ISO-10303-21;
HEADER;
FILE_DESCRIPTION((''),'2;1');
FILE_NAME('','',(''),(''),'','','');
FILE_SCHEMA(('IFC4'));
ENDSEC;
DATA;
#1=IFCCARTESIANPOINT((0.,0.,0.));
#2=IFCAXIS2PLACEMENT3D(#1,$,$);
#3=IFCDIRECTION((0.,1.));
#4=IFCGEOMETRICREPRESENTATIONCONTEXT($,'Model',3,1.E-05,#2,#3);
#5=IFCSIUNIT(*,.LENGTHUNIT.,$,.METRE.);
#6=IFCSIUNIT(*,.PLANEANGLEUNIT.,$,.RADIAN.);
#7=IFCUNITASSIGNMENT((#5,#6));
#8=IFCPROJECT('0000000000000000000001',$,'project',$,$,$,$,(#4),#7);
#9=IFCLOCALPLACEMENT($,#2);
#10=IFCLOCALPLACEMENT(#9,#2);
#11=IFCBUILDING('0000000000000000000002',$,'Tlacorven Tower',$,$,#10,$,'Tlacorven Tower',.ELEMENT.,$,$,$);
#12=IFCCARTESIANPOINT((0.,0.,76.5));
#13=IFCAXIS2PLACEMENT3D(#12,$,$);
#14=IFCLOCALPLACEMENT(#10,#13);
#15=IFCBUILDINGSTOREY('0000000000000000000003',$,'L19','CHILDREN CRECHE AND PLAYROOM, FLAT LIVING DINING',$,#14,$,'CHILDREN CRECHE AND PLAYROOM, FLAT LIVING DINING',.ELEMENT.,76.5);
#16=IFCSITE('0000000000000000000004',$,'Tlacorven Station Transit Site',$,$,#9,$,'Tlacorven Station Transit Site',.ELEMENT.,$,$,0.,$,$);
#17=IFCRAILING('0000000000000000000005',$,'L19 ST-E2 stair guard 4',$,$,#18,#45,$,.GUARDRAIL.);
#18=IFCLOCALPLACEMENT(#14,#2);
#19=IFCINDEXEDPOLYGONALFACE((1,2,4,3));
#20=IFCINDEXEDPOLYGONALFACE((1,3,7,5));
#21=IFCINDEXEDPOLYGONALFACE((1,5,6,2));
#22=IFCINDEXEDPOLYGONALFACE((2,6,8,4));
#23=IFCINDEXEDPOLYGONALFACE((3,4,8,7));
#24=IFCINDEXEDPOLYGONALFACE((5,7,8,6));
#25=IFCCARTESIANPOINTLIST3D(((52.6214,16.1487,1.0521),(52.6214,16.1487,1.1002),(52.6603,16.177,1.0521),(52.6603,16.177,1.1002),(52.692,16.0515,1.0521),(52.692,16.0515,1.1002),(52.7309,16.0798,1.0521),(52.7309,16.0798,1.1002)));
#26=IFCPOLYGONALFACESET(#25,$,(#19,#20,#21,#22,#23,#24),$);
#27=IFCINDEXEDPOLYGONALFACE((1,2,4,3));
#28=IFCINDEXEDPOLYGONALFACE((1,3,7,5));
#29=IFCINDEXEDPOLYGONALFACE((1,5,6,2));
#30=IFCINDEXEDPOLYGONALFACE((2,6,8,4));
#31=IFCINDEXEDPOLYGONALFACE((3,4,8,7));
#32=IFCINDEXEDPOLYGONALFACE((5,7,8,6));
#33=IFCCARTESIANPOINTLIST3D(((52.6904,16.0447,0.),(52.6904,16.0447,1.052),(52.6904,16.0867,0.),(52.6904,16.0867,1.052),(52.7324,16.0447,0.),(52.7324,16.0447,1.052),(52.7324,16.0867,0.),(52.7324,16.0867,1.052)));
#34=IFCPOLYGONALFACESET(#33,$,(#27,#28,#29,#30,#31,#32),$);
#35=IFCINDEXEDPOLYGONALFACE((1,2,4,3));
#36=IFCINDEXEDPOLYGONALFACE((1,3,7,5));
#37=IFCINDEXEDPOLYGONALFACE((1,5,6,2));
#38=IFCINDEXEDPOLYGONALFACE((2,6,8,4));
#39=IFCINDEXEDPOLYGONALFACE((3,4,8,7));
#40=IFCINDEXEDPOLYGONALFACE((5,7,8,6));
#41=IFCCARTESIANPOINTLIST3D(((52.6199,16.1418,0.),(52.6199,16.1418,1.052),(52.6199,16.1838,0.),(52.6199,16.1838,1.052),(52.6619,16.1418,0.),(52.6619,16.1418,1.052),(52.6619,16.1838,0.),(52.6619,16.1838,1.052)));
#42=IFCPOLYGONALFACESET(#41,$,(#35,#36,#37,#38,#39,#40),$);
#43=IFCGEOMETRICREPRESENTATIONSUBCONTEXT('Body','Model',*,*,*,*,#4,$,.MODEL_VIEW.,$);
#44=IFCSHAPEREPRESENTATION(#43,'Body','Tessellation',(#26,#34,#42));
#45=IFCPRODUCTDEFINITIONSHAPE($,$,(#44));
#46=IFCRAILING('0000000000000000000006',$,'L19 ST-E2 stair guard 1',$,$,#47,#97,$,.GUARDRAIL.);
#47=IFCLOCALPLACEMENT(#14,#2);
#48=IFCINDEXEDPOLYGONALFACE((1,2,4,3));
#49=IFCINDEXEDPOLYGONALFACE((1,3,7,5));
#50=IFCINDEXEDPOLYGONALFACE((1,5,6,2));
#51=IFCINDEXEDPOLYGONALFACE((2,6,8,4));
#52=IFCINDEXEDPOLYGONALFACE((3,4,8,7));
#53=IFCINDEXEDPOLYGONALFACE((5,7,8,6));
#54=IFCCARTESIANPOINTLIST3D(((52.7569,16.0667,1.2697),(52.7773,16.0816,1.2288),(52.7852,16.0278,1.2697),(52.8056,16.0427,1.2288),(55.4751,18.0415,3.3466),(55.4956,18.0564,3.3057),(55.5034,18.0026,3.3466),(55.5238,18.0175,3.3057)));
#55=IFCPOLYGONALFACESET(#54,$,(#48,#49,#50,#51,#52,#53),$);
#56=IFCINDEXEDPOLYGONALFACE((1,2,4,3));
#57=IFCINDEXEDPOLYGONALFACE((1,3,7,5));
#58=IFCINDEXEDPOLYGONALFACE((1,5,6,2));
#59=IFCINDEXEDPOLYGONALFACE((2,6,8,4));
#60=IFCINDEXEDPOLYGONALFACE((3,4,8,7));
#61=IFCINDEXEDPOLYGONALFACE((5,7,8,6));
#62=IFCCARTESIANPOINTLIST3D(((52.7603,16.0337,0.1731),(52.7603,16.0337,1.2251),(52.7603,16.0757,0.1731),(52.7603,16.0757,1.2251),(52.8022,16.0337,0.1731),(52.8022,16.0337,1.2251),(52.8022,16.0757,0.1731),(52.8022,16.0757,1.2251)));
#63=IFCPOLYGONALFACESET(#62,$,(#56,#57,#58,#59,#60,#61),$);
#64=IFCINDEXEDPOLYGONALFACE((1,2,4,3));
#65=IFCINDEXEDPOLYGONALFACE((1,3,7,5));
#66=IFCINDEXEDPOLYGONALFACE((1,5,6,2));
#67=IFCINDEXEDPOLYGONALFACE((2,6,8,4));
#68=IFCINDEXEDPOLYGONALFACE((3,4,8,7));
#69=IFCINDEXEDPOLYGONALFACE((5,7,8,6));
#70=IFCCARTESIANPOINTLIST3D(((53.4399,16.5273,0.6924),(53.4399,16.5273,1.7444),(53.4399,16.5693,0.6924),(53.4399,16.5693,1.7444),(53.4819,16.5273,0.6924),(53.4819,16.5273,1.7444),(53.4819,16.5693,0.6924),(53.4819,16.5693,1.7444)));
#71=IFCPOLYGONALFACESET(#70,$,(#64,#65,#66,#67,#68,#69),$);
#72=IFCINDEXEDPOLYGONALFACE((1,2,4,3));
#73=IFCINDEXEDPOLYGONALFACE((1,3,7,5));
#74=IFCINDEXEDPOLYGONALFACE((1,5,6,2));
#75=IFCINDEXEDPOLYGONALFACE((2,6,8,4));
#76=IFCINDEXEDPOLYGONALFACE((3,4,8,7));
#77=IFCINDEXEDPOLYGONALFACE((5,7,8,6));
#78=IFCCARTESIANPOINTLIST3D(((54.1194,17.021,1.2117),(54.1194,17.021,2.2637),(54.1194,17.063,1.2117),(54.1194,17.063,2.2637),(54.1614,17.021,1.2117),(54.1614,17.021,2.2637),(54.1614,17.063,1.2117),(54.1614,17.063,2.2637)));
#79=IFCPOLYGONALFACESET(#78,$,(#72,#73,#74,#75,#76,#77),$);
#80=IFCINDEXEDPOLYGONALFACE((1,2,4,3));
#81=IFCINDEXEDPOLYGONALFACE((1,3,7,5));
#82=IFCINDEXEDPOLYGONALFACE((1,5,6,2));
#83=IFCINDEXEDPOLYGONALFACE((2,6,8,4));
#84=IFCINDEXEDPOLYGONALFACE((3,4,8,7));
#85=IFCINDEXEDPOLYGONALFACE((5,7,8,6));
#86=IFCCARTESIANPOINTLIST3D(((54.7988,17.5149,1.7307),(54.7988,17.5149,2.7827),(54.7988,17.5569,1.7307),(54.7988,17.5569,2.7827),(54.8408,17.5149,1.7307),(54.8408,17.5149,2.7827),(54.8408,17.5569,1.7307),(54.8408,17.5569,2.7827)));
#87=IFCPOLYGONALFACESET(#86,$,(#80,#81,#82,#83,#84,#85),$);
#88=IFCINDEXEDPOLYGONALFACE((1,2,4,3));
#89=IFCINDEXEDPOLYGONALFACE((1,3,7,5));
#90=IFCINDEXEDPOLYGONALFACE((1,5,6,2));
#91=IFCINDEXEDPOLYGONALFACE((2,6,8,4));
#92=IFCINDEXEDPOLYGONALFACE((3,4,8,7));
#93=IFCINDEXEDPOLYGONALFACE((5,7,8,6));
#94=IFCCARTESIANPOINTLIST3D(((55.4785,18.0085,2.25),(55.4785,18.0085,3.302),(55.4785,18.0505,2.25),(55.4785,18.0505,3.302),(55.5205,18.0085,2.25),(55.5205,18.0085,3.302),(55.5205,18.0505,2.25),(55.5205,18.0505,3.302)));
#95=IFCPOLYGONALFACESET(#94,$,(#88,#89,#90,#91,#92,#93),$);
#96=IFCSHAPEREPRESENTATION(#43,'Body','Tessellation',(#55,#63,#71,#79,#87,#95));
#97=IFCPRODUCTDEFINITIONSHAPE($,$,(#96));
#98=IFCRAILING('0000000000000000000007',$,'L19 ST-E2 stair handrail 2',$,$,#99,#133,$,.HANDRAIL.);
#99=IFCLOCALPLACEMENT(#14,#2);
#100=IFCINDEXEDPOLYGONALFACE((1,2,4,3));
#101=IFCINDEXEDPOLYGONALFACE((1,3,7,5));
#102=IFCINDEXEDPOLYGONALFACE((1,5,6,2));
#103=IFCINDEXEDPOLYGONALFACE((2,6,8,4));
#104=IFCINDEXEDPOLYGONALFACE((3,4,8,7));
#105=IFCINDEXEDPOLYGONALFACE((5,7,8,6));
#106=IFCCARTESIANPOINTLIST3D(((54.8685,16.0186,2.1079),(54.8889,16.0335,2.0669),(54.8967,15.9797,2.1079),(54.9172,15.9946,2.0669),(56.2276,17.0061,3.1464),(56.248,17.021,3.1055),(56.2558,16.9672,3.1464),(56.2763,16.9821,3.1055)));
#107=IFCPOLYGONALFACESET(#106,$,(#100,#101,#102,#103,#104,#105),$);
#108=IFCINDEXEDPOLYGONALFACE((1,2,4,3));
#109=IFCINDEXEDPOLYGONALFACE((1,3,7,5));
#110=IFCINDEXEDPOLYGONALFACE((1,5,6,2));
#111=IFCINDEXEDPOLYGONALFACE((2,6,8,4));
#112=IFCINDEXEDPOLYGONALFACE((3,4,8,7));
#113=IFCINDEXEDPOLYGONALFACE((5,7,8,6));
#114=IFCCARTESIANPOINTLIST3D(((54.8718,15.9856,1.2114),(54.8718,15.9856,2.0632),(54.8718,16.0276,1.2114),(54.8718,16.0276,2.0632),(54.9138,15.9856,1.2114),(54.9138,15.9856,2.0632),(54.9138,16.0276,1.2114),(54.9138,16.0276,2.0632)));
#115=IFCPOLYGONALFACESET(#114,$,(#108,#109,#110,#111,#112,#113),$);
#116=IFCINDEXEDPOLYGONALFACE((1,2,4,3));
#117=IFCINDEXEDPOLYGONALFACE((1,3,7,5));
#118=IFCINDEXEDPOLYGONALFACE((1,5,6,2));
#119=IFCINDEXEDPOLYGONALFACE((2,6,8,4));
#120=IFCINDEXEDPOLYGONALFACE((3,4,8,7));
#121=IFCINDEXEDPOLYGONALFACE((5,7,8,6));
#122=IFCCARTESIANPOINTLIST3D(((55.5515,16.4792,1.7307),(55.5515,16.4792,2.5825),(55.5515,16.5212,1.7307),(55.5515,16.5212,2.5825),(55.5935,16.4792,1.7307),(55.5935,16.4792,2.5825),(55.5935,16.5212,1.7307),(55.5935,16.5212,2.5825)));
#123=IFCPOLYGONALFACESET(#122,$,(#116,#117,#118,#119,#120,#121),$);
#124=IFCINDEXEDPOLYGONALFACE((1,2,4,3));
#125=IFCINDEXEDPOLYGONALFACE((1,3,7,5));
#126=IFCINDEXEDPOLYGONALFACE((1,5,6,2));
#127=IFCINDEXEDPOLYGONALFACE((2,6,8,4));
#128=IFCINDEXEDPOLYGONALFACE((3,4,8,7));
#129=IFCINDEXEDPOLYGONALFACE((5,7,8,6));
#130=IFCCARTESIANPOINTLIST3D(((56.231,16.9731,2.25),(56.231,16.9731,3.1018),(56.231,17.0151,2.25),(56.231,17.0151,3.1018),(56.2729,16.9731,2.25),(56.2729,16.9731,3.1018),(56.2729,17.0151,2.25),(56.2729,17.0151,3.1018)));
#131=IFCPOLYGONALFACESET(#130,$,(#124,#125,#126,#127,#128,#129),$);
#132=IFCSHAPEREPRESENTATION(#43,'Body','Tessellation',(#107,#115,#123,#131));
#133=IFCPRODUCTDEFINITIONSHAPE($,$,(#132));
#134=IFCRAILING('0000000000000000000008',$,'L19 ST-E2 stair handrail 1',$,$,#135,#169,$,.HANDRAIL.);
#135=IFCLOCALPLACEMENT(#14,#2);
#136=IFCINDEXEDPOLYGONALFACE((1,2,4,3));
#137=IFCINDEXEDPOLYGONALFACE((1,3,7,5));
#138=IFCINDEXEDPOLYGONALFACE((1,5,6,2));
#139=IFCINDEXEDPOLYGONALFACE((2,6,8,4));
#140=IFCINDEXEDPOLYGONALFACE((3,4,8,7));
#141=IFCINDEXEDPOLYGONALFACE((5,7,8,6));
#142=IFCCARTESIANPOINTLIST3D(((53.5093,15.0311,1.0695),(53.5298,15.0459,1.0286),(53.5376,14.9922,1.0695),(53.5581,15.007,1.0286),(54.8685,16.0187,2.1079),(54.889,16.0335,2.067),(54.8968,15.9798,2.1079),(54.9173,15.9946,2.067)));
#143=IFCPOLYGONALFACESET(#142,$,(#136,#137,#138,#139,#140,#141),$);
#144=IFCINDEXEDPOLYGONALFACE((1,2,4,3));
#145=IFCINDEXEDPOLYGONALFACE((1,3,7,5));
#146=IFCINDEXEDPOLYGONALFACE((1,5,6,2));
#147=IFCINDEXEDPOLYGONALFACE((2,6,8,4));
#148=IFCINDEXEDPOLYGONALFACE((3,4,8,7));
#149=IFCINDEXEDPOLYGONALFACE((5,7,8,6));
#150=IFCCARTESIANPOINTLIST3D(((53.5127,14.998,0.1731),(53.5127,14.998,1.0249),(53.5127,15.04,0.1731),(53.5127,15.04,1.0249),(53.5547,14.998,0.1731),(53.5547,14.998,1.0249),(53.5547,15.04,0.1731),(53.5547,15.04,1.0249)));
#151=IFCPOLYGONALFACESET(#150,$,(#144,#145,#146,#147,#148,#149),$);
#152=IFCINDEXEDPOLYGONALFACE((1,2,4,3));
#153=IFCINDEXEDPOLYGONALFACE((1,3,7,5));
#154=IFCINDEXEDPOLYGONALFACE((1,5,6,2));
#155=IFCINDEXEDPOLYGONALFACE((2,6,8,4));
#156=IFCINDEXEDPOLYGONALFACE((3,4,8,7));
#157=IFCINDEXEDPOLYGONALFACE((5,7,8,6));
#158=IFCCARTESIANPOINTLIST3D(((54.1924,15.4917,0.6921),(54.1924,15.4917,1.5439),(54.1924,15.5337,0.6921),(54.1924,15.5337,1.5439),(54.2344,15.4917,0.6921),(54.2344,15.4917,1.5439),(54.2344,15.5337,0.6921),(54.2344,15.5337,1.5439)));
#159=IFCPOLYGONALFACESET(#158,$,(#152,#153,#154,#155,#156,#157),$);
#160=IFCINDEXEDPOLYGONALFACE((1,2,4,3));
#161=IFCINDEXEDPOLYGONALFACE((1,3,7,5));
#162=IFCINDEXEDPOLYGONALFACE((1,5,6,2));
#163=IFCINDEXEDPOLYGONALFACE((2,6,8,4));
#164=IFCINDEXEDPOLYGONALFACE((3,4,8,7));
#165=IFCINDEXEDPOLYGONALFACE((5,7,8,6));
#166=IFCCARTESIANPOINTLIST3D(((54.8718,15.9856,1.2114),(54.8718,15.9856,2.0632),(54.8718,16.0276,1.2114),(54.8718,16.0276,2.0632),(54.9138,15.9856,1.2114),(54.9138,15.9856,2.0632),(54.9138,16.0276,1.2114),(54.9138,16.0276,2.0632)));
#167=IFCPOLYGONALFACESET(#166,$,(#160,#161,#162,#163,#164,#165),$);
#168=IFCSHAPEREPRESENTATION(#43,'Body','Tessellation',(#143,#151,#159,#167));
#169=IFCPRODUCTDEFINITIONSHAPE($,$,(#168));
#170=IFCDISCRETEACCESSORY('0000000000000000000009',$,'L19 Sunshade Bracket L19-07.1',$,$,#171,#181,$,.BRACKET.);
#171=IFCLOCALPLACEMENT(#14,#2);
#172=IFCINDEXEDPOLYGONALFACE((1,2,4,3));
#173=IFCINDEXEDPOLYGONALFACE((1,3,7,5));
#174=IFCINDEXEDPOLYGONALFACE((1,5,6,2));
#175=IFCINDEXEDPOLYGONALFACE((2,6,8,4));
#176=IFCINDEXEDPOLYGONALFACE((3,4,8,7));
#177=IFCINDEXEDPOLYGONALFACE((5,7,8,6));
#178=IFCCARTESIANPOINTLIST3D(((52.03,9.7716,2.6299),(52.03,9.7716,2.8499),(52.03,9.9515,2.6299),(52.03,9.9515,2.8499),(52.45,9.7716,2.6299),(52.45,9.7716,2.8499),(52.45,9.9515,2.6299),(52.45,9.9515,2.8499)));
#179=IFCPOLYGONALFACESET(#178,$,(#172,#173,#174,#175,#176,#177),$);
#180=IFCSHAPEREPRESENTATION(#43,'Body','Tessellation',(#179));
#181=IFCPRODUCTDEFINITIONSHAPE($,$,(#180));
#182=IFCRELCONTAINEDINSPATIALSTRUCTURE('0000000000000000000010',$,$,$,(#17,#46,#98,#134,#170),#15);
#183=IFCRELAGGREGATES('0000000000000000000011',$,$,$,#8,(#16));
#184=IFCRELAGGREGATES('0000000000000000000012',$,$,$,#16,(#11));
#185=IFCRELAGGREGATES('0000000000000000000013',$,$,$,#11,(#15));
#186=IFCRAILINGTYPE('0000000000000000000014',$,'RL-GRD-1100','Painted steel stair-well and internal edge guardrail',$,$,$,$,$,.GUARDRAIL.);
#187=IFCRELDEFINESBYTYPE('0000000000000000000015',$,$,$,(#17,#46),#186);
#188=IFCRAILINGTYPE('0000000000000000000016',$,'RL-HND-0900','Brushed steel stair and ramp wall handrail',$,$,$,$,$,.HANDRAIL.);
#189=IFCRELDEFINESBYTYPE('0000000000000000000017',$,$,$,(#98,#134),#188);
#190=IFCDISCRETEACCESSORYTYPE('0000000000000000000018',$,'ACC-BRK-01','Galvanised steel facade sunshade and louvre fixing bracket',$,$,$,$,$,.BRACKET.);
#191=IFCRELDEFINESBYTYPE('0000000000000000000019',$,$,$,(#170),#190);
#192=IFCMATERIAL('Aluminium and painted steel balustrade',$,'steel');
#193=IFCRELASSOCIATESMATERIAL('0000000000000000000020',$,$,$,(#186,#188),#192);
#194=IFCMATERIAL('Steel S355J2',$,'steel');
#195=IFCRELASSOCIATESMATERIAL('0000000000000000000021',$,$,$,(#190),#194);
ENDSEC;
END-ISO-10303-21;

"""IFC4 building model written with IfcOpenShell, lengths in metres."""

from ifc_helpers import new_model, si_unit, direction, frame, origin, origin_2d, place, context, subcontext, project, spatial, rectangle, extrude, source, transform, mapped, material, type_object, element, save


model = new_model("IFC4")

# Units and contexts
model_context = context("Model", 3, precision=1e-05, world=origin(), true_north=direction((0.0, 1.0)))
body_context = subcontext(model_context, "Body", "Model", "MODEL_VIEW")
ifc_project = project(units=[si_unit("LENGTHUNIT", "METRE"), si_unit("PLANEANGLEUNIT", "RADIAN")], contexts=[model_context])

# Site, building, storey
site_placement = place(None, origin())
site = spatial("IfcSite", under=ifc_project, at=site_placement, Name="Tlacorven Station Transit Site", LongName="Tlacorven Station Transit Site", CompositionType="ELEMENT", RefElevation=0.0)
building_placement = place(site_placement, origin())
building = spatial("IfcBuilding", under=site, at=building_placement, Name="Tlacorven Tower", LongName="Tlacorven Tower", CompositionType="ELEMENT")
storey_placement = place(building_placement, frame((0.0, 0.0, 76.5)))
storey = spatial("IfcBuildingStorey", under=building, at=storey_placement, Name="L19", Description="CHILDREN CRECHE AND PLAYROOM, FLAT LIVING DINING", LongName="CHILDREN CRECHE AND PLAYROOM, FLAT LIVING DINING", CompositionType="ELEMENT", Elevation=76.5)

# Railings
ifc_material_1 = material(Name="Aluminium and painted steel balustrade", Category="steel")
railing_type_1 = type_object("IfcRailingType", Name="RL-GRD-1100", Description="Painted steel stair-well and internal edge guardrail", PredefinedType="GUARDRAIL", material=ifc_material_1)
shared_shape_1 = source(origin(), body_context, "Body", "SweptSolid", [
    extrude(rectangle(XDim=0.0481, YDim=0.0481, at=origin_2d()), frame((0.0, 0.0, 1.0762), z_axis=(-0.587567, 0.809175, 0.0), x_axis=(-0.809175, -0.587567, 0.0)), (0.0, 0.0, 1.0), 0.1201),
    extrude(rectangle(XDim=0.042, YDim=0.042, at=origin_2d()), origin(), (0.0, 0.0, 1.0), 1.052),
    extrude(rectangle(XDim=0.042, YDim=0.042, at=origin_2d()), frame((-0.0706, 0.0972, 0.0)), (0.0, 0.0, 1.0), 1.052),
])
railing_1_placement = place(storey_placement, frame((52.7114, 16.0657, 0.0)))
element("IfcRailing", 1, at=railing_1_placement, inside=storey, type_object=railing_type_1, Name="L19 ST-E2 stair guard 4", PredefinedType="GUARDRAIL", context=body_context, shape_type="MappedRepresentation", body=[
    mapped(shared_shape_1, transform((0.0, 0.0, 0.0), scale=1.0)),
])
shared_shape_2 = source(origin(), body_context, "Body", "SweptSolid", [
    extrude(rectangle(XDim=0.0481, YDim=0.0481, at=origin_2d()), frame((0.0, 0.0, 1.0762), z_axis=(0.688167, 0.499963, 0.525798), x_axis=(-0.58777, 0.809028, 0.0)), (0.0, 0.0, 1.0), 3.95),
    extrude(rectangle(XDim=0.042, YDim=0.042, at=origin_2d()), origin(), (0.0, 0.0, 1.0), 1.052),
    extrude(rectangle(XDim=0.042, YDim=0.042, at=origin_2d()), frame((0.6797, 0.4937, 0.5193)), (0.0, 0.0, 1.0), 1.052),
    extrude(rectangle(XDim=0.042, YDim=0.042, at=origin_2d()), frame((1.3591, 0.9873, 1.0386)), (0.0, 0.0, 1.0), 1.052),
    extrude(rectangle(XDim=0.042, YDim=0.042, at=origin_2d()), frame((2.0386, 1.4812, 1.5576)), (0.0, 0.0, 1.0), 1.052),
    extrude(rectangle(XDim=0.042, YDim=0.042, at=origin_2d()), frame((2.7183, 1.9749, 2.0769)), (0.0, 0.0, 1.0), 1.052),
])
railing_2_placement = place(storey_placement, frame((52.7812, 16.0547, 0.1731)))
element("IfcRailing", 2, at=railing_2_placement, inside=storey, type_object=railing_type_1, Name="L19 ST-E2 stair guard 1", PredefinedType="GUARDRAIL", context=body_context, shape_type="MappedRepresentation", body=[
    mapped(shared_shape_2, transform((0.0, 0.0, 0.0), scale=1.0)),
])
railing_type_2 = type_object("IfcRailingType", Name="RL-HND-0900", Description="Brushed steel stair and ramp wall handrail", PredefinedType="HANDRAIL", material=ifc_material_1)
shared_shape_3 = source(origin(), body_context, "Body", "SweptSolid", [
    extrude(rectangle(XDim=0.0481, YDim=0.0481, at=origin_2d()), frame((0.0, 0.0, 0.876), z_axis=(0.688123, 0.499993, 0.525827), x_axis=(-0.587817, 0.808994, 0.0)), (0.0, 0.0, 1.0), 1.9751),
    extrude(rectangle(XDim=0.042, YDim=0.042, at=origin_2d()), origin(), (0.0, 0.0, 1.0), 0.8518),
    extrude(rectangle(XDim=0.042, YDim=0.042, at=origin_2d()), frame((0.6797, 0.4937, 0.5193)), (0.0, 0.0, 1.0), 0.8518),
    extrude(rectangle(XDim=0.042, YDim=0.042, at=origin_2d()), frame((1.3591, 0.9875, 1.0386)), (0.0, 0.0, 1.0), 0.8518),
])
railing_3_placement = place(storey_placement, frame((54.8928, 16.0066, 1.2114)))
element("IfcRailing", 3, at=railing_3_placement, inside=storey, type_object=railing_type_2, Name="L19 ST-E2 stair handrail 2", PredefinedType="HANDRAIL", context=body_context, shape_type="MappedRepresentation", body=[
    mapped(shared_shape_3, transform((0.0, 0.0, 0.0), scale=1.0)),
])
shared_shape_4 = source(origin(), body_context, "Body", "SweptSolid", [
    extrude(rectangle(XDim=0.0481, YDim=0.0481, at=origin_2d()), frame((0.0, 0.0, 0.876), z_axis=(0.688168, 0.500025, 0.525737), x_axis=(-0.587817, 0.808994, 0.0)), (0.0, 0.0, 1.0), 1.9751),
    extrude(rectangle(XDim=0.042, YDim=0.042, at=origin_2d()), origin(), (0.0, 0.0, 1.0), 0.8518),
    extrude(rectangle(XDim=0.042, YDim=0.042, at=origin_2d()), frame((0.6797, 0.4937, 0.519)), (0.0, 0.0, 1.0), 0.8518),
    extrude(rectangle(XDim=0.042, YDim=0.042, at=origin_2d()), frame((1.3591, 0.9875, 1.0383)), (0.0, 0.0, 1.0), 0.8518),
])
railing_4_placement = place(storey_placement, frame((53.5337, 15.019, 0.1731)))
element("IfcRailing", 4, at=railing_4_placement, inside=storey, type_object=railing_type_2, Name="L19 ST-E2 stair handrail 1", PredefinedType="HANDRAIL", context=body_context, shape_type="MappedRepresentation", body=[
    mapped(shared_shape_4, transform((0.0, 0.0, 0.0), scale=1.0)),
])

# Discrete accessory
ifc_material_2 = material(Name="Steel S355J2", Category="steel")
discrete_accessory_type = type_object("IfcDiscreteAccessoryType", Name="ACC-BRK-01", Description="Galvanised steel facade sunshade and louvre fixing bracket", PredefinedType="BRACKET", material=ifc_material_2)
shared_shape_5 = source(origin(), body_context, "Body", "SweptSolid", [
    extrude(rectangle(XDim=0.1799, YDim=0.4199, at=origin_2d()), origin(), (0.0, 0.0, 1.0), 0.22),
])
discrete_accessory_placement = place(storey_placement, frame((52.24, 9.8616, 2.6299), z_axis=(0.0, 0.0, 1.0), x_axis=(0.0, -1.0, 0.0)))
element("IfcDiscreteAccessory", 5, at=discrete_accessory_placement, inside=storey, type_object=discrete_accessory_type, Name="L19 Sunshade Bracket L19-07.1", PredefinedType="BRACKET", context=body_context, shape_type="MappedRepresentation", body=[
    mapped(shared_shape_5, transform((0.0, 0.0, 0.0), scale=1.0)),
])

save(model, "model.ifc")
